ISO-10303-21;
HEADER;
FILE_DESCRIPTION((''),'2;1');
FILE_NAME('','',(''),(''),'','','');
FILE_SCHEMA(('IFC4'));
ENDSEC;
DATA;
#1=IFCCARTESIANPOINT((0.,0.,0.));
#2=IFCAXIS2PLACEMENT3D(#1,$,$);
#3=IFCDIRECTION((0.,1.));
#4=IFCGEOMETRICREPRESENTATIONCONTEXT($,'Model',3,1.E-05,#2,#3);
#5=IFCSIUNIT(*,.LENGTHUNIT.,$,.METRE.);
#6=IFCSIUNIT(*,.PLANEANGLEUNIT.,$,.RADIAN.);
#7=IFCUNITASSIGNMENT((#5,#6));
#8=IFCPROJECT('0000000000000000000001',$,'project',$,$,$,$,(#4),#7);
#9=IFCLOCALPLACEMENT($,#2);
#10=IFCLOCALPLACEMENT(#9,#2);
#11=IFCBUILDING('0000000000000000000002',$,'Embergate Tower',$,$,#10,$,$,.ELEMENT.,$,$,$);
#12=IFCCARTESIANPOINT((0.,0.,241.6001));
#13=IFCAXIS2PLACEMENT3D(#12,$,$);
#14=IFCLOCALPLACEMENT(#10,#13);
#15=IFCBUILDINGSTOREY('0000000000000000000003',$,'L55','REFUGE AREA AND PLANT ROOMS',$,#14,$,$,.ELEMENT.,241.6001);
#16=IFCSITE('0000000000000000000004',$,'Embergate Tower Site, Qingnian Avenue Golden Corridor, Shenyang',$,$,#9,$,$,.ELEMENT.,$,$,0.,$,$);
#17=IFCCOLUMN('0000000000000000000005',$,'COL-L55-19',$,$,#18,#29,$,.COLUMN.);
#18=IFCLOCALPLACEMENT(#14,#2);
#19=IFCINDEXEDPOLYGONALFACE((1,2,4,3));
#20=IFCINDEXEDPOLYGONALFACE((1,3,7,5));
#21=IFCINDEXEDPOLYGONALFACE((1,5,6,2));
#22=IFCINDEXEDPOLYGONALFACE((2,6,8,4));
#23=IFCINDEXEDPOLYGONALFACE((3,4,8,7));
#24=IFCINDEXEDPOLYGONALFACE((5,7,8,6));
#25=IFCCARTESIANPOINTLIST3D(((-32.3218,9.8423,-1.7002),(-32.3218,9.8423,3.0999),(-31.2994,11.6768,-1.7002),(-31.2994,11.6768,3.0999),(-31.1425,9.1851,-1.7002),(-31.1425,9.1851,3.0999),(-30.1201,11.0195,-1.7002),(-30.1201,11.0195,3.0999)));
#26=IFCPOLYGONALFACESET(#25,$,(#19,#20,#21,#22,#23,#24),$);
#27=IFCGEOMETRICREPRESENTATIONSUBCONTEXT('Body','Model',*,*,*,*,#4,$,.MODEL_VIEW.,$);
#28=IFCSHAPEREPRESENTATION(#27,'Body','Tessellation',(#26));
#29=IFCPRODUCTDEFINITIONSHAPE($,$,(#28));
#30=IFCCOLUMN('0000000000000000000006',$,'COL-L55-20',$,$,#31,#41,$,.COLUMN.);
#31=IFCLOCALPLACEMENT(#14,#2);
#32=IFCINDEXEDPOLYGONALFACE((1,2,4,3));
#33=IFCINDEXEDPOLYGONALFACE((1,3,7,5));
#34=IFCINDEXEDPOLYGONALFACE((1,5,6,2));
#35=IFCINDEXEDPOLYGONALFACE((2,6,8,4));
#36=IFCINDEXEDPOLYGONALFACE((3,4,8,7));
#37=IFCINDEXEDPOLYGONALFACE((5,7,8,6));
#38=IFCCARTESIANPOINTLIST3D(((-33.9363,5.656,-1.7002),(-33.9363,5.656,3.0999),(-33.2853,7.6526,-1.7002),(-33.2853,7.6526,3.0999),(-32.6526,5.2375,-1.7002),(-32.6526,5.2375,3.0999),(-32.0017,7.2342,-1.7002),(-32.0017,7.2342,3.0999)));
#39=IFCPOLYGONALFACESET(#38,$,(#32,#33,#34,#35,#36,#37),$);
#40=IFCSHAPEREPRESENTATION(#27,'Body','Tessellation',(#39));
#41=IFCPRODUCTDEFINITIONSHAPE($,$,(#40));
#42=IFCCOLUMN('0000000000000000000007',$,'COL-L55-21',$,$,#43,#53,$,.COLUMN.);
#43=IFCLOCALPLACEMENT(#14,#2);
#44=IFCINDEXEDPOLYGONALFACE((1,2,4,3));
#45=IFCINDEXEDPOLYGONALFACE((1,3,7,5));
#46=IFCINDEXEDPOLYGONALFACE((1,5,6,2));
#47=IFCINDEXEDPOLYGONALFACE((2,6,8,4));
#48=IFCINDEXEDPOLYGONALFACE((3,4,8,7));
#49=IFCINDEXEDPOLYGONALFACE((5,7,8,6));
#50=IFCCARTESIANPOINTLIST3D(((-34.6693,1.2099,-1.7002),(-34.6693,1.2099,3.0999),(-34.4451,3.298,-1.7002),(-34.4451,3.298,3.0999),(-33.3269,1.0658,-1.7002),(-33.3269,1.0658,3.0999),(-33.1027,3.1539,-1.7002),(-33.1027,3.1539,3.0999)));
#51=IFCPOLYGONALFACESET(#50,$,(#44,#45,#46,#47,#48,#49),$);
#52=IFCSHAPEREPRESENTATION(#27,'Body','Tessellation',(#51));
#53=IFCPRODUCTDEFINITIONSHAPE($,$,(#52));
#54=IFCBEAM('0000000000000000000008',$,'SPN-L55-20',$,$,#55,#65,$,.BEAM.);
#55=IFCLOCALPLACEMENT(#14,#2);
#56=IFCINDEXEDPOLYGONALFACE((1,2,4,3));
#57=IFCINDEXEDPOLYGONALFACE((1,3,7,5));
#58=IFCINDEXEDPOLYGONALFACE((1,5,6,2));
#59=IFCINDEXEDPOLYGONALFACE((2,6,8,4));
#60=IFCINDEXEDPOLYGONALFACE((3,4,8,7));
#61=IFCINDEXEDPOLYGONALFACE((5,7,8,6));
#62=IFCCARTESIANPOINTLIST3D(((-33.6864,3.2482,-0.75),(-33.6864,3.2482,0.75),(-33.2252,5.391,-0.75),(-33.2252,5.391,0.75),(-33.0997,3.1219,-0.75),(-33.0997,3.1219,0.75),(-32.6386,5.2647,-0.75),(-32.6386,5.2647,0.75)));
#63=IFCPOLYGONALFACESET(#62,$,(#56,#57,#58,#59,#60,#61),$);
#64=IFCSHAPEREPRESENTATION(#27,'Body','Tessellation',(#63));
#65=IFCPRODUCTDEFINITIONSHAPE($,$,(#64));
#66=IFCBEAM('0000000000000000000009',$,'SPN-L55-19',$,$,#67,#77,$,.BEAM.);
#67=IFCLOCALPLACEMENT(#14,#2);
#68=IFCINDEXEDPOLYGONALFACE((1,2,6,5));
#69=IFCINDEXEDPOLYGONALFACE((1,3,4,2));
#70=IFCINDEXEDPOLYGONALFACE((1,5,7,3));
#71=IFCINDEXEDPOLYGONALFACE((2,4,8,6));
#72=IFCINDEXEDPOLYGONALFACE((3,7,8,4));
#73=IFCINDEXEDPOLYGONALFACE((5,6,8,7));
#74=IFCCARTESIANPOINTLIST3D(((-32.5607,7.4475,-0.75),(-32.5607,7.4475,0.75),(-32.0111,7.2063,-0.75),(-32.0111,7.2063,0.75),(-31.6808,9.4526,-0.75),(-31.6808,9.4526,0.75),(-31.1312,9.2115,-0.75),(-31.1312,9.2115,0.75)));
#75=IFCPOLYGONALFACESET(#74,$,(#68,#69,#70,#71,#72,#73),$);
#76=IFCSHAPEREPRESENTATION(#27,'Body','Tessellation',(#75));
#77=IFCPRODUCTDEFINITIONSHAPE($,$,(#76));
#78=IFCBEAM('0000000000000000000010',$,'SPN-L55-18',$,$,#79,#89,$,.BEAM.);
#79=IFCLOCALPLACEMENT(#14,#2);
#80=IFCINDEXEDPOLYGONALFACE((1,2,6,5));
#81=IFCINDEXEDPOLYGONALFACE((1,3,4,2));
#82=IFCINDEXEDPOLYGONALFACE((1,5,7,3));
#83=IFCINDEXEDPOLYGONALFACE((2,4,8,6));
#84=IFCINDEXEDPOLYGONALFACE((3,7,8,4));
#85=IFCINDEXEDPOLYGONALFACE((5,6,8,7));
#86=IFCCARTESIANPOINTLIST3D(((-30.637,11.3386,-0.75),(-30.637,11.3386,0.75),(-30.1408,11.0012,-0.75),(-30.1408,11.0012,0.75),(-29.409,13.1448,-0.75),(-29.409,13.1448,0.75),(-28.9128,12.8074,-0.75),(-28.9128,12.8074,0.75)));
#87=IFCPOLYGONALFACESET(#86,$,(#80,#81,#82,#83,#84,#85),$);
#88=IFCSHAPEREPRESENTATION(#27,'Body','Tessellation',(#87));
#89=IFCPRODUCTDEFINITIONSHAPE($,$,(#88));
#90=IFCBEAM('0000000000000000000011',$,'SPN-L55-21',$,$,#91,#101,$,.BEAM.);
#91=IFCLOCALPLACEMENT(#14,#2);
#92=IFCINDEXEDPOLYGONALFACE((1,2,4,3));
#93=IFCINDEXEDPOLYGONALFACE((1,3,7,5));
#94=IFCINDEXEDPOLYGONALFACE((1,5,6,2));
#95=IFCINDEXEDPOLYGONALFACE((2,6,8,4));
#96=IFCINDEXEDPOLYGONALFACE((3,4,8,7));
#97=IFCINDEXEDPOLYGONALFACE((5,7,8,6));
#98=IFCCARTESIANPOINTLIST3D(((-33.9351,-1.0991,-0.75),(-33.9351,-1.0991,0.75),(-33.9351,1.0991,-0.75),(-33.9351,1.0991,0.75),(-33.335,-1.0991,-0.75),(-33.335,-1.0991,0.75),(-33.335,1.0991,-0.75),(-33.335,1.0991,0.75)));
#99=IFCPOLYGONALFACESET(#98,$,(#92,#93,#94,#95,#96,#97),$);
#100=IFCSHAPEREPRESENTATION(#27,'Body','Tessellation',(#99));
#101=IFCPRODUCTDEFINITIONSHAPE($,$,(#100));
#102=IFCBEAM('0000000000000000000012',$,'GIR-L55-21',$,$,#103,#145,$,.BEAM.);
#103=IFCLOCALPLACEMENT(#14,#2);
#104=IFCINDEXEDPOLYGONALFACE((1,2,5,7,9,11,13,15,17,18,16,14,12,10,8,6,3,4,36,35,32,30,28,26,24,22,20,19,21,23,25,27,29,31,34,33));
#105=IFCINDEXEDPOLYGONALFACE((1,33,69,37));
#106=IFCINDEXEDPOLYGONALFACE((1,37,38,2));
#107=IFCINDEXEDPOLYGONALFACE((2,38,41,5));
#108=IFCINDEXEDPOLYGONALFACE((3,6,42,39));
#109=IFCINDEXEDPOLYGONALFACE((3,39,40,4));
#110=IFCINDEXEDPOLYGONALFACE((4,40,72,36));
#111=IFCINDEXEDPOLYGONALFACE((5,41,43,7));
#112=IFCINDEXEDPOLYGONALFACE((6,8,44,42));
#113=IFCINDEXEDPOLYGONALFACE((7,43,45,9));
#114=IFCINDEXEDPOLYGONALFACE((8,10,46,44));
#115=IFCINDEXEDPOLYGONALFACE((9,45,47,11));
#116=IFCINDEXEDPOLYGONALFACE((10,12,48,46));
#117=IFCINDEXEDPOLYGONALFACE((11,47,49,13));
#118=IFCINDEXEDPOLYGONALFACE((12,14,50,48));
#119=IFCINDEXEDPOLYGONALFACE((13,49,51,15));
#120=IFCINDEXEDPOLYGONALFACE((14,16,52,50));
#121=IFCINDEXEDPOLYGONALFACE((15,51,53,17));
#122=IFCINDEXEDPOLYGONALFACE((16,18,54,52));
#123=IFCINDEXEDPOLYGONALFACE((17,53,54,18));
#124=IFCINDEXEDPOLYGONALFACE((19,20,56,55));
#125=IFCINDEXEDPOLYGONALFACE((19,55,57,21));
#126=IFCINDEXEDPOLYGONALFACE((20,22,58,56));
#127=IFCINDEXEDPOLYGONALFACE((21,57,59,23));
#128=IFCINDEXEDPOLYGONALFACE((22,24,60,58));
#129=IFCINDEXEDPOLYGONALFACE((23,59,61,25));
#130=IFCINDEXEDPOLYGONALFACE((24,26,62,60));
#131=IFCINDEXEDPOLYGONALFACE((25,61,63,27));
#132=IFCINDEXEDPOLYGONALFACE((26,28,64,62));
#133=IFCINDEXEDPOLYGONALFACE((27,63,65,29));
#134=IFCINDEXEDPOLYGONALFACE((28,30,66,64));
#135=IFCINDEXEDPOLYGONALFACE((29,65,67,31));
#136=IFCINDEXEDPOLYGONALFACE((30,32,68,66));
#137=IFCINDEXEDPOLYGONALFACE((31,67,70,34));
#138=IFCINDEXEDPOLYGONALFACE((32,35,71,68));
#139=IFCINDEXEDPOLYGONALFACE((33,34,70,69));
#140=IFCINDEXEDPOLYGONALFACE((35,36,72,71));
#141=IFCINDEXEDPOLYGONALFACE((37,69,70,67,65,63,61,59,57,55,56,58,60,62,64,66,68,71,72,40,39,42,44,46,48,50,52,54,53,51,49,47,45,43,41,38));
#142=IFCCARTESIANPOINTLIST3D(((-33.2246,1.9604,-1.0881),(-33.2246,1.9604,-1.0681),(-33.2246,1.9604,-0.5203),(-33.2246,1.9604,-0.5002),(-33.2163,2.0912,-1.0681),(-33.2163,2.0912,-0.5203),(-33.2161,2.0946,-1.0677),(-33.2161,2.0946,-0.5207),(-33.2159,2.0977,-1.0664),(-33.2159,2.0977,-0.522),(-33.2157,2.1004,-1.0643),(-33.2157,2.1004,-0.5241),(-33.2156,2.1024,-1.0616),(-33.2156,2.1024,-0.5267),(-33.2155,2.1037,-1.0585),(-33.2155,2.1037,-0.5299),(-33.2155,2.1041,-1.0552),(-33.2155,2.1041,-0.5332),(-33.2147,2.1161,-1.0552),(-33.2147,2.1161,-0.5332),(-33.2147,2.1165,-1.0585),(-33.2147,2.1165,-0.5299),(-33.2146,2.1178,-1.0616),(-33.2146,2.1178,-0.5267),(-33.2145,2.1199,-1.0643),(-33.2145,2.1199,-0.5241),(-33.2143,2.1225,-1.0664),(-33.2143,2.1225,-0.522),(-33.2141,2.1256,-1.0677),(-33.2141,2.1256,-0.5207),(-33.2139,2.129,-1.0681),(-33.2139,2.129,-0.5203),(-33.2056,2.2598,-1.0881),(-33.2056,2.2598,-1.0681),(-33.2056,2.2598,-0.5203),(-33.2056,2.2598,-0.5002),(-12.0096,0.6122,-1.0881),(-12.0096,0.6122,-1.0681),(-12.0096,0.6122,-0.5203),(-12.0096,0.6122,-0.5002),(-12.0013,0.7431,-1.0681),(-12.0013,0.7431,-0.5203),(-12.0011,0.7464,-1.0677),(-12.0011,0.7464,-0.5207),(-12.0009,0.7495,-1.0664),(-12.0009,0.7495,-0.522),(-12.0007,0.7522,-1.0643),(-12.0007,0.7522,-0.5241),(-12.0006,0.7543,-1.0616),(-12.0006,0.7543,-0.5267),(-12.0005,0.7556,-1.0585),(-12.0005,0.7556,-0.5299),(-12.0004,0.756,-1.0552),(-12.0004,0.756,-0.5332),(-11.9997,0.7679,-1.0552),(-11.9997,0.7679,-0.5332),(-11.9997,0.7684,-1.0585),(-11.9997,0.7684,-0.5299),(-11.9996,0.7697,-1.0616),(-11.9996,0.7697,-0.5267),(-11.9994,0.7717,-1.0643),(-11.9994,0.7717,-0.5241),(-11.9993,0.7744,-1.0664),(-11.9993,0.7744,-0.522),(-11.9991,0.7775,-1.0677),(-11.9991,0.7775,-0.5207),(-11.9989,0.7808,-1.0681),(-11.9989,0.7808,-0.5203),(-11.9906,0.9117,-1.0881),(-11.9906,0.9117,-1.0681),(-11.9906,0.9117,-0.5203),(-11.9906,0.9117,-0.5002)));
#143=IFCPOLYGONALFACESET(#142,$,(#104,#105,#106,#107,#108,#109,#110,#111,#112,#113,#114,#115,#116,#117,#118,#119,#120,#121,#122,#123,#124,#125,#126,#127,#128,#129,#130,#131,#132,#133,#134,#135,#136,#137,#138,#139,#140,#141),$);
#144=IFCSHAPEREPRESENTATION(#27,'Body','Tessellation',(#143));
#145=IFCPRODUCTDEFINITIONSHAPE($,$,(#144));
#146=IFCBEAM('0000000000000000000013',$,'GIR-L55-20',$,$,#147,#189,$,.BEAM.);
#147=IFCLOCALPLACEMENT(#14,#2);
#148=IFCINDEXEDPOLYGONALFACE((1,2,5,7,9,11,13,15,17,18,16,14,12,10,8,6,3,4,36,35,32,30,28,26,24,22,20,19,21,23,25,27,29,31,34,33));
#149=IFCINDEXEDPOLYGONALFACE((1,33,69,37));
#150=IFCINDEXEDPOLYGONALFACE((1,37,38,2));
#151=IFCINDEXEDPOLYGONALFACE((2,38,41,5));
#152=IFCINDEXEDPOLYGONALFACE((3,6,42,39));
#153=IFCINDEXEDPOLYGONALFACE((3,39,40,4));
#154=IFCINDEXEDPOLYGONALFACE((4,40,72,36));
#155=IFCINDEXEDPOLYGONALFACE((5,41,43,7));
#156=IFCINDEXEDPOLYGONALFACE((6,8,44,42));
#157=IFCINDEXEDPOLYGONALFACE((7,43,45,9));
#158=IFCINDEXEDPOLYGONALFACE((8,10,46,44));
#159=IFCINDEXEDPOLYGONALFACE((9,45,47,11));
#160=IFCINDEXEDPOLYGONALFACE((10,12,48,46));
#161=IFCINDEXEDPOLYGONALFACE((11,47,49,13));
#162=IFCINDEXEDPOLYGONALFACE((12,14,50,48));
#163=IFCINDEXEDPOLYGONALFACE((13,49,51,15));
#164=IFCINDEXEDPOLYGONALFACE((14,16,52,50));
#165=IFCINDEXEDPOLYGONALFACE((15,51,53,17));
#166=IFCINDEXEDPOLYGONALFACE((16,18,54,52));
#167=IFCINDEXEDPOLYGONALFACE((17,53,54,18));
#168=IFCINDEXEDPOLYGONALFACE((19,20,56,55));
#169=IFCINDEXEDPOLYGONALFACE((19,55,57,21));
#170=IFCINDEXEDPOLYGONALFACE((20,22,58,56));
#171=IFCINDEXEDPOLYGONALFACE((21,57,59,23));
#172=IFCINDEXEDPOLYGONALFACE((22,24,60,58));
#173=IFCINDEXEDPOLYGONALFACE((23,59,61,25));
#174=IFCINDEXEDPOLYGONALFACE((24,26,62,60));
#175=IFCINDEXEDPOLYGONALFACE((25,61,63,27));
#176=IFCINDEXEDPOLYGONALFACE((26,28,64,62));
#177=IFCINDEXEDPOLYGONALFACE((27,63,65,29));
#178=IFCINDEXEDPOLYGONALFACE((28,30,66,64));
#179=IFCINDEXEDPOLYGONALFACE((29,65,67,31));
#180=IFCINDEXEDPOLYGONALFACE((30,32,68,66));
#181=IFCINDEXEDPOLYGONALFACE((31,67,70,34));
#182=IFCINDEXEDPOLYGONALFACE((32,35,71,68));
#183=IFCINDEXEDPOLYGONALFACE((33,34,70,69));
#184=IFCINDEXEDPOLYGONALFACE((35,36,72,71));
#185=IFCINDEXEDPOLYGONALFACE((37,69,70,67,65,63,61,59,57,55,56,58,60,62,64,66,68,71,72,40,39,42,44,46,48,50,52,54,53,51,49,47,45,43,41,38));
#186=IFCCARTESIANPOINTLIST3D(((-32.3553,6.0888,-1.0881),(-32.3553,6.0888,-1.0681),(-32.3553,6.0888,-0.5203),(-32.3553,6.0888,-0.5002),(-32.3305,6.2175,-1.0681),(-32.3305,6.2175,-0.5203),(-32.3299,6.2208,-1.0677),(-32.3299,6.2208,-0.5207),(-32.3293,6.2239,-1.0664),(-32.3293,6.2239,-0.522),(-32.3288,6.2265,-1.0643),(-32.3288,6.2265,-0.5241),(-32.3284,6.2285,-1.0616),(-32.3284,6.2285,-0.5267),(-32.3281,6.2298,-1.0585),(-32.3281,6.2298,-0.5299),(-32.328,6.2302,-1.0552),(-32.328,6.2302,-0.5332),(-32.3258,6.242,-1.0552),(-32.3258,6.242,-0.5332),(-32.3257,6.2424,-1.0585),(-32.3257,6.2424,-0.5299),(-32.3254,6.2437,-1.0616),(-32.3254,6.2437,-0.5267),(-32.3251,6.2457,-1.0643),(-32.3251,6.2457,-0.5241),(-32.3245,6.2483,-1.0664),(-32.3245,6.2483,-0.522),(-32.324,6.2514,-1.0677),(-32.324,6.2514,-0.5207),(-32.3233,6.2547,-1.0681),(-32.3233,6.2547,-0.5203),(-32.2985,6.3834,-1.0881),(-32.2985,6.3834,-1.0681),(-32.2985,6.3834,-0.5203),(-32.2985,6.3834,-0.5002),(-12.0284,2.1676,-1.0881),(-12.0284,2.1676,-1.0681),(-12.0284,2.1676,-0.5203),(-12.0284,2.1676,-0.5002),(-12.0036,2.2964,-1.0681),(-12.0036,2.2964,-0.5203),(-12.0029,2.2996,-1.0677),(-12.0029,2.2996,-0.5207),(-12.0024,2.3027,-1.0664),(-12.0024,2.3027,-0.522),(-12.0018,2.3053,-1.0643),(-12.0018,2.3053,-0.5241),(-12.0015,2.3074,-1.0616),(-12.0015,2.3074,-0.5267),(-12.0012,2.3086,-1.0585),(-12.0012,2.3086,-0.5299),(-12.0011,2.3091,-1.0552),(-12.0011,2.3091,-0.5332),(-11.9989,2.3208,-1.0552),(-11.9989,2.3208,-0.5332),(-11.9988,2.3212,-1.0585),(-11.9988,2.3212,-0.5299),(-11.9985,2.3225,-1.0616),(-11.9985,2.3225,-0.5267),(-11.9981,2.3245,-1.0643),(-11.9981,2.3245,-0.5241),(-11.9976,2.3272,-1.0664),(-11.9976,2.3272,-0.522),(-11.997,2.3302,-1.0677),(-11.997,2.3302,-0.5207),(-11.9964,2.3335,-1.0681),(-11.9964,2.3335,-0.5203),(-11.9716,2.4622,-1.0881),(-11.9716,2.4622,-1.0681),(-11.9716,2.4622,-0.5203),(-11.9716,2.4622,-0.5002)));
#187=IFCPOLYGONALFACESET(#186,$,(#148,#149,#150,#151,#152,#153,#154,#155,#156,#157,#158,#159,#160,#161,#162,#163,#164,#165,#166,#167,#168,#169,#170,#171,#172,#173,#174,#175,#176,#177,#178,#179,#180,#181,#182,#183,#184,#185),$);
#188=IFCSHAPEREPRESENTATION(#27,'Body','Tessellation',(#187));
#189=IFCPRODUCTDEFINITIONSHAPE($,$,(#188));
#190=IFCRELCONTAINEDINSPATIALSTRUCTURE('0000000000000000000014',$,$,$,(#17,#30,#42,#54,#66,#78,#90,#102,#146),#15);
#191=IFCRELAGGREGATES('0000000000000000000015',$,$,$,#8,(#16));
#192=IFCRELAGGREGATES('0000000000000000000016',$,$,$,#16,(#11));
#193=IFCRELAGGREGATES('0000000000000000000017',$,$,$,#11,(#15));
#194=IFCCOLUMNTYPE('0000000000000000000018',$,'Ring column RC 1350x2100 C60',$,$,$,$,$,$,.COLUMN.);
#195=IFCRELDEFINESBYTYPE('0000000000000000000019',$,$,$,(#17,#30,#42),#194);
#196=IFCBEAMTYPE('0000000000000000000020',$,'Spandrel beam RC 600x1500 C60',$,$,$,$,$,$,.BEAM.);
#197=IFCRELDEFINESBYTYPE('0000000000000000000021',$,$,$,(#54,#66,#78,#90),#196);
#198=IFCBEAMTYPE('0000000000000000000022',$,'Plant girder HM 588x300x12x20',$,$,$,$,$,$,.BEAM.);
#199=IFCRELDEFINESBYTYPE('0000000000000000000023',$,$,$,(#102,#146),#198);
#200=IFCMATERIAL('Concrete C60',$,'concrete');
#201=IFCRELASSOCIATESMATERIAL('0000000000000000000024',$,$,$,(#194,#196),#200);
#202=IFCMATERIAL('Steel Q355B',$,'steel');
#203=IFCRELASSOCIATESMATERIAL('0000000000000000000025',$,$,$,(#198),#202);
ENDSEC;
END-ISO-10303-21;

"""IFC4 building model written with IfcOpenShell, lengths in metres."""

from ifc_helpers import new_model, si_unit, direction, frame, origin, origin_2d, place, context, subcontext, project, spatial, rectangle, i_section, extrude, source, transform, mapped, material, material_profile, profile_set, type_object, element, save


model = new_model("IFC4")

# Units and contexts
model_context = context("Model", 3, precision=1e-05, world=origin(), true_north=direction((0.0, 1.0)))
body_context = subcontext(model_context, "Body", "Model", "MODEL_VIEW")
ifc_project = project(units=[si_unit("LENGTHUNIT", "METRE"), si_unit("PLANEANGLEUNIT", "RADIAN")], contexts=[model_context])

# Site, building, storey
site_placement = place(None, origin())
site = spatial("IfcSite", under=ifc_project, at=site_placement, Name="Embergate Tower Site, Qingnian Avenue Golden Corridor, Shenyang", CompositionType="ELEMENT", RefElevation=0.0)
building_placement = place(site_placement, origin())
building = spatial("IfcBuilding", under=site, at=building_placement, Name="Embergate Tower", CompositionType="ELEMENT")
storey_placement = place(building_placement, frame((0.0, 0.0, 241.6001)))
storey = spatial("IfcBuildingStorey", under=building, at=storey_placement, Name="L55", Description="REFUGE AREA AND PLANT ROOMS", CompositionType="ELEMENT", Elevation=241.6001)

# Columns
ifc_material_1 = material(Name="Concrete C60", Category="concrete")
ifc_material_profile_1 = material_profile(ifc_material_1, rectangle(XDim=1.3501, YDim=2.1001, at=origin_2d()), Name="RC 1350x2100")
ifc_profile_set_1 = profile_set([ifc_material_profile_1], Name="Concrete C60")
column_type = type_object("IfcColumnType", Name="Ring column RC 1350x2100 C60", PredefinedType="COLUMN", material=ifc_profile_set_1)
shared_shape_1 = source(origin(), body_context, "Body", "SweptSolid", [
    extrude(rectangle(XDim=1.3501, YDim=2.1001, at=origin_2d()), origin(), (0.0, 0.0, 1.0), 4.8),
])
for number, where, z_axis, x_axis, name in (
    (1, (-31.2209, 10.4309, -1.7002), (0.0, 0.0, 1.0), (-0.873492, 0.486839, 0.0), "COL-L55-19"),
    (2, (-32.969, 6.4451, -1.7002), (0.0, 0.0, 1.0), (-0.950754, 0.309946, 0.0), "COL-L55-20"),
    (3, (-33.886, 2.1819, -1.7002), (0.0, 0.0, 1.0), (-0.994286, 0.10675, 0.0), "COL-L55-21"),
):
    element("IfcColumn", number, at=place(storey_placement, frame(where, z_axis=z_axis, x_axis=x_axis)), inside=storey, type_object=column_type, Name=name, PredefinedType="COLUMN", context=body_context, shape_type="MappedRepresentation", body=[
        mapped(shared_shape_1, transform((0.0, 0.0, 0.0))),
    ])

# Beams
ifc_material_profile_2 = material_profile(ifc_material_1, rectangle(XDim=0.6001, YDim=1.5, at=origin_2d()), Name="RC 600x1500")
ifc_profile_set_2 = profile_set([ifc_material_profile_2], Name="Concrete C60")
beam_type_1 = type_object("IfcBeamType", Name="Spandrel beam RC 600x1500 C60", PredefinedType="BEAM", material=ifc_profile_set_2)
shared_shape_2 = source(origin(), body_context, "Body", "SweptSolid", [
    extrude(rectangle(XDim=0.6001, YDim=1.5, at=origin_2d()), origin(), (0.0, 0.0, 1.0), 2.1919),
])
beam_1_placement = place(storey_placement, frame((-32.9319, 5.3279, 0.0), z_axis=(-0.210404, -0.977615, 0.0), x_axis=(0.977615, -0.210404, 0.0)))
element("IfcBeam", 4, at=beam_1_placement, inside=storey, type_object=beam_type_1, Name="SPN-L55-20", PredefinedType="BEAM", context=body_context, shape_type="MappedRepresentation", body=[
    mapped(shared_shape_2, transform((0.0, 0.0, 0.0))),
])
shared_shape_3 = source(origin(), body_context, "Body", "SweptSolid", [
    extrude(rectangle(XDim=0.6001, YDim=1.5, at=origin_2d()), origin(), (0.0, 0.0, 1.0), 2.1897),
])
beam_2_placement = place(storey_placement, frame((-31.406, 9.332, 0.0), z_axis=(-0.40183, -0.915714, 0.0), x_axis=(0.915714, -0.40183, 0.0)))
element("IfcBeam", 5, at=beam_2_placement, inside=storey, type_object=beam_type_1, Name="SPN-L55-19", PredefinedType="BEAM", context=body_context, shape_type="MappedRepresentation", body=[
    mapped(shared_shape_3, transform((0.0, 0.0, 0.0))),
])
shared_shape_4 = source(origin(), body_context, "Body", "SweptSolid", [
    extrude(rectangle(XDim=0.6001, YDim=1.5, at=origin_2d()), origin(), (0.0, 0.0, 1.0), 2.1841),
])
beam_3_placement = place(storey_placement, frame((-29.1609, 12.9761, 0.0), z_axis=(-0.562261, -0.82696, 0.0), x_axis=(0.82696, -0.562261, 0.0)))
element("IfcBeam", 6, at=beam_3_placement, inside=storey, type_object=beam_type_1, Name="SPN-L55-18", PredefinedType="BEAM", context=body_context, shape_type="MappedRepresentation", body=[
    mapped(shared_shape_4, transform((0.0, 0.0, 0.0))),
])
shared_shape_5 = source(origin(), body_context, "Body", "SweptSolid", [
    extrude(rectangle(XDim=0.6001, YDim=1.5, at=origin_2d()), origin(), (0.0, 0.0, 1.0), 2.1982),
])
beam_4_placement = place(storey_placement, frame((-33.635, 1.0991, 0.0), z_axis=(0.0, -1.0, 0.0), x_axis=(1.0, 0.0, 0.0)))
element("IfcBeam", 7, at=beam_4_placement, inside=storey, type_object=beam_type_1, Name="SPN-L55-21", PredefinedType="BEAM", context=body_context, shape_type="MappedRepresentation", body=[
    mapped(shared_shape_5, transform((0.0, 0.0, 0.0))),
])
ifc_material_2 = material(Name="Steel Q355B", Category="steel")
ifc_material_profile_3 = material_profile(ifc_material_2, i_section(OverallWidth=0.3, OverallDepth=0.5879, WebThickness=0.012, FlangeThickness=0.02, FilletRadius=0.0129, at=origin_2d()), Name="HM 588x300x12x20")
ifc_profile_set_3 = profile_set([ifc_material_profile_3], Name="Steel Q355 grade B")
beam_type_2 = type_object("IfcBeamType", Name="Plant girder HM 588x300x12x20", PredefinedType="BEAM", material=ifc_profile_set_3)
shared_shape_6 = source(origin(), body_context, "Body", "SweptSolid", [
    extrude(i_section(OverallWidth=0.3, OverallDepth=0.5879, WebThickness=0.012, FlangeThickness=0.02, FilletRadius=0.0129, at=origin_2d()), origin(), (0.0, 0.0, 1.0), 21.2578),
])
beam_5_placement = place(storey_placement, frame((-33.2151, 2.1101, -0.7942), z_axis=(0.997987, -0.063419, 0.0), x_axis=(0.063419, 0.997987, 0.0)))
element("IfcBeam", 8, at=beam_5_placement, inside=storey, type_object=beam_type_2, Name="GIR-L55-21", PredefinedType="BEAM", context=body_context, shape_type="MappedRepresentation", body=[
    mapped(shared_shape_6, transform((0.0, 0.0, 0.0))),
])
shared_shape_7 = source(origin(), body_context, "Body", "SweptSolid", [
    extrude(i_section(OverallWidth=0.3, OverallDepth=0.5879, WebThickness=0.012, FlangeThickness=0.02, FilletRadius=0.0129, at=origin_2d()), origin(), (0.0, 0.0, 1.0), 20.7017),
])
beam_6_placement = place(storey_placement, frame((-32.3269, 6.2361, -0.7942), z_axis=(0.981898, -0.189412, 0.0), x_axis=(0.189412, 0.981898, 0.0)))
element("IfcBeam", 9, at=beam_6_placement, inside=storey, type_object=beam_type_2, Name="GIR-L55-20", PredefinedType="BEAM", context=body_context, shape_type="MappedRepresentation", body=[
    mapped(shared_shape_7, transform((0.0, 0.0, 0.0))),
])

save(model, "model.ifc")
